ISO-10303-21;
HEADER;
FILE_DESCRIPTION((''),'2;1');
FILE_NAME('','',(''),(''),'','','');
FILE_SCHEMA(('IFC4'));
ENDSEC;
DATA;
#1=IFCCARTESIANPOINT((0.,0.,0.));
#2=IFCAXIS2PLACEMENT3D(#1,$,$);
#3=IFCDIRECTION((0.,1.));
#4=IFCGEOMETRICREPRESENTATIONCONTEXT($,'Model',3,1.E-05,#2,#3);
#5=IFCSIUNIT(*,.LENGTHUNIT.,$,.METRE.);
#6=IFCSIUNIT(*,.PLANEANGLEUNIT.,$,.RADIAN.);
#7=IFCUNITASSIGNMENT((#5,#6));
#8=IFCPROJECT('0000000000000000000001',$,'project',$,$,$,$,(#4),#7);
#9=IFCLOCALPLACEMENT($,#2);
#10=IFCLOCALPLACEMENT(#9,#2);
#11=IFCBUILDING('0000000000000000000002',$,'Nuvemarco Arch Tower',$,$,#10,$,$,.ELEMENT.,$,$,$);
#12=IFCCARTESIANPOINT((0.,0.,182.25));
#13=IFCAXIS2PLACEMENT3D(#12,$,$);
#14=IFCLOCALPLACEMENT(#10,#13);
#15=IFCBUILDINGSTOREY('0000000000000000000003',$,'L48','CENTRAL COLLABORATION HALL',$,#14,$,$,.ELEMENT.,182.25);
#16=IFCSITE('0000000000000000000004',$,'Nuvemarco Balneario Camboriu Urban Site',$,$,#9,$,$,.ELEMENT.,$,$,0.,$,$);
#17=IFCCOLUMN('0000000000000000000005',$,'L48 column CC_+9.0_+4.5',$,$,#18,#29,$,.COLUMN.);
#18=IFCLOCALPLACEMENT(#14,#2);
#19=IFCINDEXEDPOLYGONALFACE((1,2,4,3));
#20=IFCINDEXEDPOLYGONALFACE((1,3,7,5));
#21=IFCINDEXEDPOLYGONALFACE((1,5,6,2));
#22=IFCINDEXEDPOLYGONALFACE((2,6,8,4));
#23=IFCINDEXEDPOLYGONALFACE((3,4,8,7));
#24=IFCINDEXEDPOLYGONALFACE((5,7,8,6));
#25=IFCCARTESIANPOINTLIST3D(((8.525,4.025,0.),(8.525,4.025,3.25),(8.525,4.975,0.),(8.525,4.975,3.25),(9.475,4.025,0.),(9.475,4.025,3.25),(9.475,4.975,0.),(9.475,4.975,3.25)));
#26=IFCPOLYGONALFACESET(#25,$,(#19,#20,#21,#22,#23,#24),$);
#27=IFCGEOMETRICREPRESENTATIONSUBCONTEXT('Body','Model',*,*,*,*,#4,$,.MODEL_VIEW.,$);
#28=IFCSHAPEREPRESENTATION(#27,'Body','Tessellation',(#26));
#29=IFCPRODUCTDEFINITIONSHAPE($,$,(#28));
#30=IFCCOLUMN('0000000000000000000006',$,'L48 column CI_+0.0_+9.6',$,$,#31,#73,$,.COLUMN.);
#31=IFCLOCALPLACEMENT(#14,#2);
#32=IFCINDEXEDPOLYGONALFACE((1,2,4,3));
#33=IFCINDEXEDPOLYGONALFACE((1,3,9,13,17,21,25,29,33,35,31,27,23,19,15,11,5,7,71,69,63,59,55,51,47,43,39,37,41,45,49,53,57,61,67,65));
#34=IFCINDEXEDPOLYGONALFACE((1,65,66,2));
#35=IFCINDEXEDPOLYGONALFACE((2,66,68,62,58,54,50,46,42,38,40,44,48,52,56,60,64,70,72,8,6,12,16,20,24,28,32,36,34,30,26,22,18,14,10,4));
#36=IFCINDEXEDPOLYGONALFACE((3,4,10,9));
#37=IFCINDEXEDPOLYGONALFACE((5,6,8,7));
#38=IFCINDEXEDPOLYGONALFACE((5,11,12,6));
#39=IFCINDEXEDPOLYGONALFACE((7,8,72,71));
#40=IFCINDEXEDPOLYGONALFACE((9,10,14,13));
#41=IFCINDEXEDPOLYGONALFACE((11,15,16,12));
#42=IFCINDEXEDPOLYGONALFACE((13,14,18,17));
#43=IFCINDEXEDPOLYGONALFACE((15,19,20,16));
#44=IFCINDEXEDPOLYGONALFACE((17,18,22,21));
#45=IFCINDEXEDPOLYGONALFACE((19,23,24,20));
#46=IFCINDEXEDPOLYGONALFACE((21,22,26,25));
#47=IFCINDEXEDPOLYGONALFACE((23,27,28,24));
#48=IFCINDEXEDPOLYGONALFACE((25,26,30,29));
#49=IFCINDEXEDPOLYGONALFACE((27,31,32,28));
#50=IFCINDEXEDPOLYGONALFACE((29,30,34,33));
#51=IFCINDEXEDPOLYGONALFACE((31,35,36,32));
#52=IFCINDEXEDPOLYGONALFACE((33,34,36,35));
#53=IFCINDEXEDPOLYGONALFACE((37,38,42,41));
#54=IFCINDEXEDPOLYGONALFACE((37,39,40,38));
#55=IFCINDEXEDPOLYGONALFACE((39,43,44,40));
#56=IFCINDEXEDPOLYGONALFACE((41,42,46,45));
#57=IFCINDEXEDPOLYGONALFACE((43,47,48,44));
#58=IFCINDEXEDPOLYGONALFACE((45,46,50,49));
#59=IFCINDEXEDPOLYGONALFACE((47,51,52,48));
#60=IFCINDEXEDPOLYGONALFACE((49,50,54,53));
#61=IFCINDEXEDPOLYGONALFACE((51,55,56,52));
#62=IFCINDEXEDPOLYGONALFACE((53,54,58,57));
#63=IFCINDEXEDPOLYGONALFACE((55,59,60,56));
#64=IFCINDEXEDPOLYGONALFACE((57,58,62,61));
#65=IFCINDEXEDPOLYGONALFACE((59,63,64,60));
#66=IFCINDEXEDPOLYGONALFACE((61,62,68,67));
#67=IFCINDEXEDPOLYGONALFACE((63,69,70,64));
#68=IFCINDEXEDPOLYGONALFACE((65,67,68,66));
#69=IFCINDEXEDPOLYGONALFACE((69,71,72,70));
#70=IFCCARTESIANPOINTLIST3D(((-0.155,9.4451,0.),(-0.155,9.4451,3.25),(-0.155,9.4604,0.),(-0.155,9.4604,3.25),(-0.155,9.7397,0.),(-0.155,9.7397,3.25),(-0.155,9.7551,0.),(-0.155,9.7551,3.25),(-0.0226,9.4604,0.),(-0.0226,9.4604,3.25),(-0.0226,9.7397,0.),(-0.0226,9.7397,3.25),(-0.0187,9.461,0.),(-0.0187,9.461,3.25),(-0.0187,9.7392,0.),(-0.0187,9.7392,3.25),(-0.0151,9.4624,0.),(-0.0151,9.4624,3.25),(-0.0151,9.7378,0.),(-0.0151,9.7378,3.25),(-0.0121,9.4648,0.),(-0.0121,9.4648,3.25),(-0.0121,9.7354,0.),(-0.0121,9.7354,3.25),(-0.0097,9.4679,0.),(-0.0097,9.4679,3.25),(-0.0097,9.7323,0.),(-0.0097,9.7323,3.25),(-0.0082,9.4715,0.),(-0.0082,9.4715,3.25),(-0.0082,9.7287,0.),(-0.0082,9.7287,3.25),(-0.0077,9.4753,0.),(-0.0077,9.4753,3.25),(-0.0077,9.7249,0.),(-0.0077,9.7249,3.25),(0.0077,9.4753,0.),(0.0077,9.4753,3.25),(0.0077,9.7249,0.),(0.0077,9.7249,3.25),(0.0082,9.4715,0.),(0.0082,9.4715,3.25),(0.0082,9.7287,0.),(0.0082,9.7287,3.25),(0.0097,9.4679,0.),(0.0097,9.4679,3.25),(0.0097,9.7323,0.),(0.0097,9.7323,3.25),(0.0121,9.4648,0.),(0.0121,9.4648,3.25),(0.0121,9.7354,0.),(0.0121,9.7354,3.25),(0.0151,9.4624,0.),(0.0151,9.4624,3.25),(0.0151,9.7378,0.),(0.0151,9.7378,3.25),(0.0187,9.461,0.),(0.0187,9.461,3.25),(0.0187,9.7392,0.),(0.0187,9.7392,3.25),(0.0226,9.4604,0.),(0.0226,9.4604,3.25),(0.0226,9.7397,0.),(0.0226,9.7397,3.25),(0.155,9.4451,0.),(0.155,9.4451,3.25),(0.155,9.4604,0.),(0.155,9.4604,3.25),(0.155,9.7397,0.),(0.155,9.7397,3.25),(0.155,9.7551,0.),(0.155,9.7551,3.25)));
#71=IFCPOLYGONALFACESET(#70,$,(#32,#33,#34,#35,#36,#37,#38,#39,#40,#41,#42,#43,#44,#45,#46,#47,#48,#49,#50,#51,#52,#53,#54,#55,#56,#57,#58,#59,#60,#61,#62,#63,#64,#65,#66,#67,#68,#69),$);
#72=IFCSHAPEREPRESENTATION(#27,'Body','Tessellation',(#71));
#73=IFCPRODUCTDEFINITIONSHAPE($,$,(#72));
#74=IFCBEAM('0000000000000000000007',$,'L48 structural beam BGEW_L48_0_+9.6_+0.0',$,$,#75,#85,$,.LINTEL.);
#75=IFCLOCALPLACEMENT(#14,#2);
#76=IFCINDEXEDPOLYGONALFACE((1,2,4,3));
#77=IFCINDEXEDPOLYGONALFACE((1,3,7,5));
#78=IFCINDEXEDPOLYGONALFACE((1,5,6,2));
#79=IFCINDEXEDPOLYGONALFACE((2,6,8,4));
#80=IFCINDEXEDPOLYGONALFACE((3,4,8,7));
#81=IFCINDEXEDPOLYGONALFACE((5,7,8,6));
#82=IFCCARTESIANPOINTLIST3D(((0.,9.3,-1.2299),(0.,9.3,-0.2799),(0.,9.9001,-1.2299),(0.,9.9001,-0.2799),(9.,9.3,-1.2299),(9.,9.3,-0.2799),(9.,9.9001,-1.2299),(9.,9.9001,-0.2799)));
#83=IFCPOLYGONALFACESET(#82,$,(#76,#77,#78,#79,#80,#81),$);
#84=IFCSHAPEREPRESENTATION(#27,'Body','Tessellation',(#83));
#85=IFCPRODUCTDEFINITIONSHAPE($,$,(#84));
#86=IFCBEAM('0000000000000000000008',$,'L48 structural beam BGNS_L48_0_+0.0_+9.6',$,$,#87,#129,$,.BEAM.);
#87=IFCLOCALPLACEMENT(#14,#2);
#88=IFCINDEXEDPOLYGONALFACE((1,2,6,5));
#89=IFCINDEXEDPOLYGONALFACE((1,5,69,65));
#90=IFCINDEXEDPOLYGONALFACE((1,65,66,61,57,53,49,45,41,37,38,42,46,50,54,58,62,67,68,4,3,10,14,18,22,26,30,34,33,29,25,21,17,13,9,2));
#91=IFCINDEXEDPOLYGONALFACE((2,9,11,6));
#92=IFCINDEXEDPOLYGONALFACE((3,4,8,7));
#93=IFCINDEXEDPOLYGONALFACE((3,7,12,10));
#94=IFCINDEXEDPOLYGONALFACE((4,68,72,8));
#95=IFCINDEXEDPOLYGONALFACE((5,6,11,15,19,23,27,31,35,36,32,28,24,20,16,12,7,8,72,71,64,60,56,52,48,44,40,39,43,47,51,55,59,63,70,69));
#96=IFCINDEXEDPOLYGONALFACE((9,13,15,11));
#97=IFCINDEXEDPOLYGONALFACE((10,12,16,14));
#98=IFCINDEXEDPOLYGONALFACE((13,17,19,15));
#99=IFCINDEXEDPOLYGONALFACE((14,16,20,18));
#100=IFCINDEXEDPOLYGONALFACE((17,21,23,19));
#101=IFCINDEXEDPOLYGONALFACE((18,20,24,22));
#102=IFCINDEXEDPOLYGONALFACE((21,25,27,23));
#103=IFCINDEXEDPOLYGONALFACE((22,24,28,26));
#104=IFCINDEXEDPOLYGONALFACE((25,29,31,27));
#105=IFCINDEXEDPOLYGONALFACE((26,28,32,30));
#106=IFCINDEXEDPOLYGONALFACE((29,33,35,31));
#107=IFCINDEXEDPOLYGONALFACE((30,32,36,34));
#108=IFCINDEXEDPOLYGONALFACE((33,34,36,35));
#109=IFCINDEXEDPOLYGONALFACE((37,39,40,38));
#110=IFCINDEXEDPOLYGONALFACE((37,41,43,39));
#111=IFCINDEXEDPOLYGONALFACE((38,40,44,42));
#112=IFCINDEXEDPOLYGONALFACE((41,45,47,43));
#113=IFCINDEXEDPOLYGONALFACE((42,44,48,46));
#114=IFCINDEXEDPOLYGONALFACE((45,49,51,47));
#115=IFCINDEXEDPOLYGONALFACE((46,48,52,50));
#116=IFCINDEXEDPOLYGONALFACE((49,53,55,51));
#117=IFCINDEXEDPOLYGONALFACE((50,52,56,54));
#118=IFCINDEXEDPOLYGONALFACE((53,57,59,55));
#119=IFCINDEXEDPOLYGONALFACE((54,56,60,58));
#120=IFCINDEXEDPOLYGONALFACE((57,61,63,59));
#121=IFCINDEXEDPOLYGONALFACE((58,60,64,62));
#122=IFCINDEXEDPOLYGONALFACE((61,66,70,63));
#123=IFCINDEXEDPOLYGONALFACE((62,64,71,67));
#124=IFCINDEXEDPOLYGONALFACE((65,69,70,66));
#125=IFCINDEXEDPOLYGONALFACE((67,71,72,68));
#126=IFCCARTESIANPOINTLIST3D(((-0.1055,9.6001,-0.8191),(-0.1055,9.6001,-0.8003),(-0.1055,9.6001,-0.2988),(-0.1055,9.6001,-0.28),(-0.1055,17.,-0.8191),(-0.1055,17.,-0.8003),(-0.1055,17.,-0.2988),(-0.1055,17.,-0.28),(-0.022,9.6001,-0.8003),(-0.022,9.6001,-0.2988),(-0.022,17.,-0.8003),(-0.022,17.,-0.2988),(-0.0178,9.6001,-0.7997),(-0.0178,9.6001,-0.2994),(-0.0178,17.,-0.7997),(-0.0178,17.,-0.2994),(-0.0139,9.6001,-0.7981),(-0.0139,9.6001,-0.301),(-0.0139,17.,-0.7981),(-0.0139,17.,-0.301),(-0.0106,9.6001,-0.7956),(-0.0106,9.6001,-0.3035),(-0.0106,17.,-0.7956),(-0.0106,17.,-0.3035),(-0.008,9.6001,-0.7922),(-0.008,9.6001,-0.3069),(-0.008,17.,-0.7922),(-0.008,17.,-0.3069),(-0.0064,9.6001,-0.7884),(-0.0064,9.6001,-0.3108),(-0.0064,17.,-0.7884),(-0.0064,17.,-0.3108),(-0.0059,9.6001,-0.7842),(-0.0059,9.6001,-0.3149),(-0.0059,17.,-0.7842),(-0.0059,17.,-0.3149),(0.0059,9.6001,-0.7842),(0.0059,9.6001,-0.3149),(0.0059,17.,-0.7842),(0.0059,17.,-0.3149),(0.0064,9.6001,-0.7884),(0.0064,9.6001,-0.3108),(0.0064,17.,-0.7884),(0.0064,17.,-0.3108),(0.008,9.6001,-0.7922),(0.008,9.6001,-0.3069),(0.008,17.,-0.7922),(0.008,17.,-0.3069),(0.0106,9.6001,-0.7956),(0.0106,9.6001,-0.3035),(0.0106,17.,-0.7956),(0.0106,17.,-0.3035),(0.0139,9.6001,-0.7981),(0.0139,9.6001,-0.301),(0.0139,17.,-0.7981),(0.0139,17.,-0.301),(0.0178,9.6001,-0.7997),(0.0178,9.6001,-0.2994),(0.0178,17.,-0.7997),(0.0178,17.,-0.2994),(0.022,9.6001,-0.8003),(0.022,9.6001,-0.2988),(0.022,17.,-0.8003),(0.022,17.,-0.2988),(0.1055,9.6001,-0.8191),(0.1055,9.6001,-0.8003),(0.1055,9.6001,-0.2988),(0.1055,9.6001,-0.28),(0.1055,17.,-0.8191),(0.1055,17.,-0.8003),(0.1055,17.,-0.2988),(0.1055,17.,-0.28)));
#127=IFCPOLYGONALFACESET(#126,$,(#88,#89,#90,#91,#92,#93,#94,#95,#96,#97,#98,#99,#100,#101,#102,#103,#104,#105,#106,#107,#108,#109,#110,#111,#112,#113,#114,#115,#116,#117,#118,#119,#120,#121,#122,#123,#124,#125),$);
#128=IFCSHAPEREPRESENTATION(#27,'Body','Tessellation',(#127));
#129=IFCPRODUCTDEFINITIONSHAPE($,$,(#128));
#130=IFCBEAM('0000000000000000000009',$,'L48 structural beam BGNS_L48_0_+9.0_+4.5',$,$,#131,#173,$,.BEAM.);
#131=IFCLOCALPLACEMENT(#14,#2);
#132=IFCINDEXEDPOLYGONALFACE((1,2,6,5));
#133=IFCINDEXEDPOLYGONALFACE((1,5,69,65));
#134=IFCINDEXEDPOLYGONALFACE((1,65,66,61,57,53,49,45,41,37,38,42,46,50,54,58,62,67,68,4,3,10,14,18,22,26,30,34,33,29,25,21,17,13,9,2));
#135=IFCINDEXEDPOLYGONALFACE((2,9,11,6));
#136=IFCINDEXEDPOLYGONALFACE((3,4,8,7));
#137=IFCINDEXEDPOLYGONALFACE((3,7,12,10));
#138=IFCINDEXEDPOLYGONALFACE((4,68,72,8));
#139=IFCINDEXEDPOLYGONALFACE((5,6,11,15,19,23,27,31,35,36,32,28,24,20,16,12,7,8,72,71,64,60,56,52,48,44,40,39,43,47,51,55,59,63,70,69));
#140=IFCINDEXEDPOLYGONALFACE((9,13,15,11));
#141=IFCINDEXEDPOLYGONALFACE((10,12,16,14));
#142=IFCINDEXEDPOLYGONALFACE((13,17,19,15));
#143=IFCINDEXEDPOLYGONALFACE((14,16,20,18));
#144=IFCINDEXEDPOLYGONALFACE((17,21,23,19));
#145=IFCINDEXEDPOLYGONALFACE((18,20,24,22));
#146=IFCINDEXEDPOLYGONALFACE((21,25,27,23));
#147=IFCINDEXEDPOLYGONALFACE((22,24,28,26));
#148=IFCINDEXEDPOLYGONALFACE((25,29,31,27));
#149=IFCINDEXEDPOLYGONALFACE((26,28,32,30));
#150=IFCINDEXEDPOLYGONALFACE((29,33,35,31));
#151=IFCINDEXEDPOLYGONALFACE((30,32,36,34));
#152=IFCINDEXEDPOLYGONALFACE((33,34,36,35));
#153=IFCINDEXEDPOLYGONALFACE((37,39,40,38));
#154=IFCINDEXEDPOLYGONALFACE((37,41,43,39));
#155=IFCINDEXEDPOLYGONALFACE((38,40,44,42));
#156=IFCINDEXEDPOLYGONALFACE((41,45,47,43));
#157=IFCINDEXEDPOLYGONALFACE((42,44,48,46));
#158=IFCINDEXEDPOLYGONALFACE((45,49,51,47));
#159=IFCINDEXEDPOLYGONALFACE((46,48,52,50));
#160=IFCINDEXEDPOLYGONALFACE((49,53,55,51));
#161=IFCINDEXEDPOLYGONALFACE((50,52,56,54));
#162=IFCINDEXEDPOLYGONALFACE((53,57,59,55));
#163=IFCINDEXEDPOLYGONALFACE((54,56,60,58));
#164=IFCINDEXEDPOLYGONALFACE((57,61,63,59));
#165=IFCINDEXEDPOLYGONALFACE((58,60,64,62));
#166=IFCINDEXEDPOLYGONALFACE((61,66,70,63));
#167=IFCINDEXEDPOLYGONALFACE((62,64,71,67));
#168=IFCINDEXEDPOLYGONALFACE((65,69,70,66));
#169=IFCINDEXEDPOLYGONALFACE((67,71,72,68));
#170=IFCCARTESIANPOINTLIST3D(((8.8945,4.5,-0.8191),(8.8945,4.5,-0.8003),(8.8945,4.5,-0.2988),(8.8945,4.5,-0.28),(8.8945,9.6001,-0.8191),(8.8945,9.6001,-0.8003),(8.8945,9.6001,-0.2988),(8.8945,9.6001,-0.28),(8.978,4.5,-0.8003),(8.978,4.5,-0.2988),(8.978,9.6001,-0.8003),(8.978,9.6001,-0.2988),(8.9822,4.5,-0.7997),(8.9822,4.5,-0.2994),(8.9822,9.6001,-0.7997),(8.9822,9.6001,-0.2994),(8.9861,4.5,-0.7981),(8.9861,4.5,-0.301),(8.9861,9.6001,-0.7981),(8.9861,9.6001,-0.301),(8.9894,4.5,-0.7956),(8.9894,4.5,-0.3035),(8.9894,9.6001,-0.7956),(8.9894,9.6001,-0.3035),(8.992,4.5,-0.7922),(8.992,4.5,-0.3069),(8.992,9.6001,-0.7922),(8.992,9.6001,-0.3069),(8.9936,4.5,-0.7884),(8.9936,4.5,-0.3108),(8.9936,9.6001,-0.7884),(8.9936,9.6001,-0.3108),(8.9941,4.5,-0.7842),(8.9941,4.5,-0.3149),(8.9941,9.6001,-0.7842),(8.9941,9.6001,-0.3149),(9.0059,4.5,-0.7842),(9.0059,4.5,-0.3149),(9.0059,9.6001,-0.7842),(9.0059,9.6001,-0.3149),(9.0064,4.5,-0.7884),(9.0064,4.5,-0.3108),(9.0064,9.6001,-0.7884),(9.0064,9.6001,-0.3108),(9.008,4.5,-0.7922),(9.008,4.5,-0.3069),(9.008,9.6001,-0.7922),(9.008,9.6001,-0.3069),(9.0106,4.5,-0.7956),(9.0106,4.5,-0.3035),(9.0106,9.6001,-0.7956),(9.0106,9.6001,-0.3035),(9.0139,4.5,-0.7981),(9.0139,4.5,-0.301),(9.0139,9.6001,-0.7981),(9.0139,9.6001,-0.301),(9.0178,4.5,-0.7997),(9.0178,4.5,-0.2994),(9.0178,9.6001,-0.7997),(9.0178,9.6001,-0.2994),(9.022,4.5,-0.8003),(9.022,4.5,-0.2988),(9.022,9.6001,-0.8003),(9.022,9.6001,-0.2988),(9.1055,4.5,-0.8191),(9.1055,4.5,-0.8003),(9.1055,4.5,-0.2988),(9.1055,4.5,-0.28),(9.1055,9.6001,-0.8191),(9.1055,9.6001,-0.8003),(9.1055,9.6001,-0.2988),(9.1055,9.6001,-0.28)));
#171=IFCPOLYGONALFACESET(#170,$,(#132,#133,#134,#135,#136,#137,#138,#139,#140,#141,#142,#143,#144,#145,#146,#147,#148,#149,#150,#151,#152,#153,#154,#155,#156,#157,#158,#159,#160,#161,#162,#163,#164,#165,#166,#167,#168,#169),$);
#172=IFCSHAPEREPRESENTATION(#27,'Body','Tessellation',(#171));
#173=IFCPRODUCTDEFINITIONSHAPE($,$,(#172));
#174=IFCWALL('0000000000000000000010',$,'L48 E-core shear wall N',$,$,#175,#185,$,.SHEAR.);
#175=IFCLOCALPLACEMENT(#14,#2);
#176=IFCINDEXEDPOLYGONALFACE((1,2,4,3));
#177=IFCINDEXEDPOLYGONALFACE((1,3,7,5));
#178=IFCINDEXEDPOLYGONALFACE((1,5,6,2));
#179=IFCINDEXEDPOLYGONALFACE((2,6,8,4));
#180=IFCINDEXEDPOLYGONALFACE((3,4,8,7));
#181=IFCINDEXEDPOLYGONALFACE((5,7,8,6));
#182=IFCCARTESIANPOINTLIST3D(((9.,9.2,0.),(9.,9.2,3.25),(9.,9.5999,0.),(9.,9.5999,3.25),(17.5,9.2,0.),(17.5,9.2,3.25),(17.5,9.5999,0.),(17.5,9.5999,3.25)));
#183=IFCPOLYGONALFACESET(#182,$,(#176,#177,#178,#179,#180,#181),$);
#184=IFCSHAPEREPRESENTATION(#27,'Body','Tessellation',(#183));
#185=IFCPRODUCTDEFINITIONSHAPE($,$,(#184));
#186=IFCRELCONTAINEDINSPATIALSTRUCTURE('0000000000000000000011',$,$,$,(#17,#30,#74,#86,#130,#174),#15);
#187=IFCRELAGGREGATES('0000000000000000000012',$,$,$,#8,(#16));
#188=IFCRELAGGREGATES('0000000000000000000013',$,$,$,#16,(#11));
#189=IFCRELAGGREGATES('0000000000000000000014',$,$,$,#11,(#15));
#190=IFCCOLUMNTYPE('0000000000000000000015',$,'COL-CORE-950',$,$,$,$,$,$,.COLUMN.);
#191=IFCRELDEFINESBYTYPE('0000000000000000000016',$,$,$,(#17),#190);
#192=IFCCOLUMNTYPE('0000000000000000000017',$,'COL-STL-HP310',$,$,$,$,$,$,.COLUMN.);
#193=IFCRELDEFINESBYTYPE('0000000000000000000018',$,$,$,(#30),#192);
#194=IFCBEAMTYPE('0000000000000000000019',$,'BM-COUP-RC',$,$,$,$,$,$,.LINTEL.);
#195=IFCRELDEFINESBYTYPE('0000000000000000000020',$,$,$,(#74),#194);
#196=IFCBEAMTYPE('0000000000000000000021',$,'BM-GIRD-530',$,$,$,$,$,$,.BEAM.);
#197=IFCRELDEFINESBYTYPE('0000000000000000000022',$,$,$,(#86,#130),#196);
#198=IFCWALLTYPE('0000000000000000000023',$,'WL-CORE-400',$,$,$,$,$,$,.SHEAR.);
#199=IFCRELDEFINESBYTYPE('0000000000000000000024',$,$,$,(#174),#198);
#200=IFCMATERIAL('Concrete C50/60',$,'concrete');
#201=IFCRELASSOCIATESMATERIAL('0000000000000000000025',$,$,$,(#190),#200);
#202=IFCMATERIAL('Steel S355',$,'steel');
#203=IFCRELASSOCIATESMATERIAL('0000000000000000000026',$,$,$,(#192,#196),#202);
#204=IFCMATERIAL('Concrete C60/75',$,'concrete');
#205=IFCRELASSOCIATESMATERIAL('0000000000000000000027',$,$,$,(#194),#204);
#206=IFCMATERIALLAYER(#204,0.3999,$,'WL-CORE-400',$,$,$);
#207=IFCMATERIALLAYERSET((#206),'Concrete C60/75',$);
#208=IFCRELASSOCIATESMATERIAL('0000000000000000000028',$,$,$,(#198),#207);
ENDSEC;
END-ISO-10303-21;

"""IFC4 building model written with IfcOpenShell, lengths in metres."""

from ifc_helpers import new_model, si_unit, direction, frame, frame_2d, origin, origin_2d, place, context, subcontext, project, spatial, rectangle, i_section, extrude, material, layer, layer_set, material_profile, profile_set, type_object, element, save


model = new_model("IFC4")

# Units and contexts
model_context = context("Model", 3, precision=1e-05, world=origin(), true_north=direction((0.0, 1.0)))
body_context = subcontext(model_context, "Body", "Model", "MODEL_VIEW")
ifc_project = project(units=[si_unit("LENGTHUNIT", "METRE"), si_unit("PLANEANGLEUNIT", "RADIAN")], contexts=[model_context])

# Site, building, storey
site_placement = place(None, origin())
site = spatial("IfcSite", under=ifc_project, at=site_placement, Name="Nuvemarco Balneario Camboriu Urban Site", CompositionType="ELEMENT", RefElevation=0.0)
building_placement = place(site_placement, origin())
building = spatial("IfcBuilding", under=site, at=building_placement, Name="Nuvemarco Arch Tower", CompositionType="ELEMENT")
storey_placement = place(building_placement, frame((0.0, 0.0, 182.25)))
storey = spatial("IfcBuildingStorey", under=building, at=storey_placement, Name="L48", Description="CENTRAL COLLABORATION HALL", CompositionType="ELEMENT", Elevation=182.25)

# Columns
ifc_material_1 = material(Name="Concrete C50/60", Category="concrete")
ifc_material_profile_1 = material_profile(ifc_material_1, rectangle(XDim=0.95, YDim=0.95, at=origin_2d()), Name="RC-COL-950x950")
ifc_profile_set_1 = profile_set([ifc_material_profile_1], Name="Concrete C50/60")
column_type_1 = type_object("IfcColumnType", Name="COL-CORE-950", PredefinedType="COLUMN", material=ifc_profile_set_1)
column_1_placement = place(storey_placement, frame((9.0, 4.5, 0.0), z_axis=(0.0, 0.0, 1.0), x_axis=(1.0, 0.0, 0.0)))
element("IfcColumn", 1, at=column_1_placement, inside=storey, type_object=column_type_1, Name="L48 column CC_+9.0_+4.5", PredefinedType="COLUMN", context=body_context, shape_type="SweptSolid", body=[
    extrude(rectangle(XDim=0.95, YDim=0.95, at=origin_2d()), origin(), (0.0, 0.0, 1.0), 3.25),
])
ifc_material_2 = material(Name="Steel S355", Category="steel")
ifc_material_profile_2 = material_profile(ifc_material_2, i_section(OverallWidth=0.3101, OverallDepth=0.3101, WebThickness=0.0154, FlangeThickness=0.0154, FilletRadius=0.0149, at=origin_2d()), Name="HP310x110")
ifc_profile_set_2 = profile_set([ifc_material_profile_2], Name="Steel S355")
column_type_2 = type_object("IfcColumnType", Name="COL-STL-HP310", PredefinedType="COLUMN", material=ifc_profile_set_2)
column_2_placement = place(storey_placement, frame((0.0, 9.6001, 0.0), z_axis=(0.0, 0.0, 1.0), x_axis=(1.0, 0.0, 0.0)))
element("IfcColumn", 2, at=column_2_placement, inside=storey, type_object=column_type_2, Name="L48 column CI_+0.0_+9.6", PredefinedType="COLUMN", context=body_context, shape_type="SweptSolid", body=[
    extrude(i_section(OverallWidth=0.3101, OverallDepth=0.3101, WebThickness=0.0154, FlangeThickness=0.0154, FilletRadius=0.0149, at=origin_2d()), origin(), (0.0, 0.0, 1.0), 3.25),
])

# Beams
ifc_material_3 = material(Name="Concrete C60/75", Category="concrete")
ifc_material_profile_3 = material_profile(ifc_material_3, rectangle(XDim=0.6001, YDim=0.95, at=origin_2d()), Name="RC-BM-600x950")
ifc_profile_set_3 = profile_set([ifc_material_profile_3], Name="Concrete C60/75")
beam_type_1 = type_object("IfcBeamType", Name="BM-COUP-RC", PredefinedType="LINTEL", material=ifc_profile_set_3)
beam_1_placement = place(storey_placement, frame((0.0, 9.6001, -0.7549), z_axis=(1.0, 0.0, 0.0), x_axis=(0.0, 1.0, 0.0)))
element("IfcBeam", 3, at=beam_1_placement, inside=storey, type_object=beam_type_1, Name="L48 structural beam BGEW_L48_0_+9.6_+0.0", PredefinedType="LINTEL", context=body_context, shape_type="SweptSolid", body=[
    extrude(rectangle(XDim=0.6001, YDim=0.95, at=origin_2d()), origin(), (0.0, 0.0, 1.0), 9.0),
])
ifc_material_profile_4 = material_profile(ifc_material_2, i_section(OverallWidth=0.2109, OverallDepth=0.5391, WebThickness=0.0117, FlangeThickness=0.0188, FilletRadius=0.0161, at=origin_2d()), Name="W530x109")
ifc_profile_set_4 = profile_set([ifc_material_profile_4], Name="Steel S355")
beam_type_2 = type_object("IfcBeamType", Name="BM-GIRD-530", PredefinedType="BEAM", material=ifc_profile_set_4)
beam_2_placement = place(storey_placement, frame((0.0, 9.6001, -0.5496), z_axis=(0.0, 1.0, 0.0), x_axis=(-1.0, 0.0, 0.0)))
element("IfcBeam", 4, at=beam_2_placement, inside=storey, type_object=beam_type_2, Name="L48 structural beam BGNS_L48_0_+0.0_+9.6", PredefinedType="BEAM", context=body_context, shape_type="SweptSolid", body=[
    extrude(i_section(OverallWidth=0.2109, OverallDepth=0.5391, WebThickness=0.0117, FlangeThickness=0.0188, FilletRadius=0.0161, at=origin_2d()), origin(), (0.0, 0.0, 1.0), 7.3999),
])
beam_3_placement = place(storey_placement, frame((9.0, 4.5, -0.5496), z_axis=(0.0, 1.0, 0.0), x_axis=(-1.0, 0.0, 0.0)))
element("IfcBeam", 5, at=beam_3_placement, inside=storey, type_object=beam_type_2, Name="L48 structural beam BGNS_L48_0_+9.0_+4.5", PredefinedType="BEAM", context=body_context, shape_type="SweptSolid", body=[
    extrude(i_section(OverallWidth=0.2109, OverallDepth=0.5391, WebThickness=0.0117, FlangeThickness=0.0188, FilletRadius=0.0161, at=origin_2d()), origin(), (0.0, 0.0, 1.0), 5.1001),
])

# Wall
ifc_layer_1 = layer(ifc_material_3, 0.3999, Name="WL-CORE-400")
ifc_layer_set_1 = layer_set([ifc_layer_1], Name="Concrete C60/75")
wall_type_1 = type_object("IfcWallType", Name="WL-CORE-400", PredefinedType="SHEAR", material=ifc_layer_set_1)
wall_1_placement = place(storey_placement, frame((9.0, 9.3999, 0.0), z_axis=(0.0, 0.0, 1.0), x_axis=(1.0, 0.0, 0.0)))
element("IfcWall", 6, at=wall_1_placement, inside=storey, type_object=wall_type_1, Name="L48 E-core shear wall N", PredefinedType="SHEAR", context=body_context, shape_type="SweptSolid", body=[
    extrude(rectangle(XDim=8.5, YDim=0.3999, at=frame_2d((4.25, 0.0))), origin(), (0.0, 0.0, 1.0), 3.25),
])

save(model, "model.ifc")
